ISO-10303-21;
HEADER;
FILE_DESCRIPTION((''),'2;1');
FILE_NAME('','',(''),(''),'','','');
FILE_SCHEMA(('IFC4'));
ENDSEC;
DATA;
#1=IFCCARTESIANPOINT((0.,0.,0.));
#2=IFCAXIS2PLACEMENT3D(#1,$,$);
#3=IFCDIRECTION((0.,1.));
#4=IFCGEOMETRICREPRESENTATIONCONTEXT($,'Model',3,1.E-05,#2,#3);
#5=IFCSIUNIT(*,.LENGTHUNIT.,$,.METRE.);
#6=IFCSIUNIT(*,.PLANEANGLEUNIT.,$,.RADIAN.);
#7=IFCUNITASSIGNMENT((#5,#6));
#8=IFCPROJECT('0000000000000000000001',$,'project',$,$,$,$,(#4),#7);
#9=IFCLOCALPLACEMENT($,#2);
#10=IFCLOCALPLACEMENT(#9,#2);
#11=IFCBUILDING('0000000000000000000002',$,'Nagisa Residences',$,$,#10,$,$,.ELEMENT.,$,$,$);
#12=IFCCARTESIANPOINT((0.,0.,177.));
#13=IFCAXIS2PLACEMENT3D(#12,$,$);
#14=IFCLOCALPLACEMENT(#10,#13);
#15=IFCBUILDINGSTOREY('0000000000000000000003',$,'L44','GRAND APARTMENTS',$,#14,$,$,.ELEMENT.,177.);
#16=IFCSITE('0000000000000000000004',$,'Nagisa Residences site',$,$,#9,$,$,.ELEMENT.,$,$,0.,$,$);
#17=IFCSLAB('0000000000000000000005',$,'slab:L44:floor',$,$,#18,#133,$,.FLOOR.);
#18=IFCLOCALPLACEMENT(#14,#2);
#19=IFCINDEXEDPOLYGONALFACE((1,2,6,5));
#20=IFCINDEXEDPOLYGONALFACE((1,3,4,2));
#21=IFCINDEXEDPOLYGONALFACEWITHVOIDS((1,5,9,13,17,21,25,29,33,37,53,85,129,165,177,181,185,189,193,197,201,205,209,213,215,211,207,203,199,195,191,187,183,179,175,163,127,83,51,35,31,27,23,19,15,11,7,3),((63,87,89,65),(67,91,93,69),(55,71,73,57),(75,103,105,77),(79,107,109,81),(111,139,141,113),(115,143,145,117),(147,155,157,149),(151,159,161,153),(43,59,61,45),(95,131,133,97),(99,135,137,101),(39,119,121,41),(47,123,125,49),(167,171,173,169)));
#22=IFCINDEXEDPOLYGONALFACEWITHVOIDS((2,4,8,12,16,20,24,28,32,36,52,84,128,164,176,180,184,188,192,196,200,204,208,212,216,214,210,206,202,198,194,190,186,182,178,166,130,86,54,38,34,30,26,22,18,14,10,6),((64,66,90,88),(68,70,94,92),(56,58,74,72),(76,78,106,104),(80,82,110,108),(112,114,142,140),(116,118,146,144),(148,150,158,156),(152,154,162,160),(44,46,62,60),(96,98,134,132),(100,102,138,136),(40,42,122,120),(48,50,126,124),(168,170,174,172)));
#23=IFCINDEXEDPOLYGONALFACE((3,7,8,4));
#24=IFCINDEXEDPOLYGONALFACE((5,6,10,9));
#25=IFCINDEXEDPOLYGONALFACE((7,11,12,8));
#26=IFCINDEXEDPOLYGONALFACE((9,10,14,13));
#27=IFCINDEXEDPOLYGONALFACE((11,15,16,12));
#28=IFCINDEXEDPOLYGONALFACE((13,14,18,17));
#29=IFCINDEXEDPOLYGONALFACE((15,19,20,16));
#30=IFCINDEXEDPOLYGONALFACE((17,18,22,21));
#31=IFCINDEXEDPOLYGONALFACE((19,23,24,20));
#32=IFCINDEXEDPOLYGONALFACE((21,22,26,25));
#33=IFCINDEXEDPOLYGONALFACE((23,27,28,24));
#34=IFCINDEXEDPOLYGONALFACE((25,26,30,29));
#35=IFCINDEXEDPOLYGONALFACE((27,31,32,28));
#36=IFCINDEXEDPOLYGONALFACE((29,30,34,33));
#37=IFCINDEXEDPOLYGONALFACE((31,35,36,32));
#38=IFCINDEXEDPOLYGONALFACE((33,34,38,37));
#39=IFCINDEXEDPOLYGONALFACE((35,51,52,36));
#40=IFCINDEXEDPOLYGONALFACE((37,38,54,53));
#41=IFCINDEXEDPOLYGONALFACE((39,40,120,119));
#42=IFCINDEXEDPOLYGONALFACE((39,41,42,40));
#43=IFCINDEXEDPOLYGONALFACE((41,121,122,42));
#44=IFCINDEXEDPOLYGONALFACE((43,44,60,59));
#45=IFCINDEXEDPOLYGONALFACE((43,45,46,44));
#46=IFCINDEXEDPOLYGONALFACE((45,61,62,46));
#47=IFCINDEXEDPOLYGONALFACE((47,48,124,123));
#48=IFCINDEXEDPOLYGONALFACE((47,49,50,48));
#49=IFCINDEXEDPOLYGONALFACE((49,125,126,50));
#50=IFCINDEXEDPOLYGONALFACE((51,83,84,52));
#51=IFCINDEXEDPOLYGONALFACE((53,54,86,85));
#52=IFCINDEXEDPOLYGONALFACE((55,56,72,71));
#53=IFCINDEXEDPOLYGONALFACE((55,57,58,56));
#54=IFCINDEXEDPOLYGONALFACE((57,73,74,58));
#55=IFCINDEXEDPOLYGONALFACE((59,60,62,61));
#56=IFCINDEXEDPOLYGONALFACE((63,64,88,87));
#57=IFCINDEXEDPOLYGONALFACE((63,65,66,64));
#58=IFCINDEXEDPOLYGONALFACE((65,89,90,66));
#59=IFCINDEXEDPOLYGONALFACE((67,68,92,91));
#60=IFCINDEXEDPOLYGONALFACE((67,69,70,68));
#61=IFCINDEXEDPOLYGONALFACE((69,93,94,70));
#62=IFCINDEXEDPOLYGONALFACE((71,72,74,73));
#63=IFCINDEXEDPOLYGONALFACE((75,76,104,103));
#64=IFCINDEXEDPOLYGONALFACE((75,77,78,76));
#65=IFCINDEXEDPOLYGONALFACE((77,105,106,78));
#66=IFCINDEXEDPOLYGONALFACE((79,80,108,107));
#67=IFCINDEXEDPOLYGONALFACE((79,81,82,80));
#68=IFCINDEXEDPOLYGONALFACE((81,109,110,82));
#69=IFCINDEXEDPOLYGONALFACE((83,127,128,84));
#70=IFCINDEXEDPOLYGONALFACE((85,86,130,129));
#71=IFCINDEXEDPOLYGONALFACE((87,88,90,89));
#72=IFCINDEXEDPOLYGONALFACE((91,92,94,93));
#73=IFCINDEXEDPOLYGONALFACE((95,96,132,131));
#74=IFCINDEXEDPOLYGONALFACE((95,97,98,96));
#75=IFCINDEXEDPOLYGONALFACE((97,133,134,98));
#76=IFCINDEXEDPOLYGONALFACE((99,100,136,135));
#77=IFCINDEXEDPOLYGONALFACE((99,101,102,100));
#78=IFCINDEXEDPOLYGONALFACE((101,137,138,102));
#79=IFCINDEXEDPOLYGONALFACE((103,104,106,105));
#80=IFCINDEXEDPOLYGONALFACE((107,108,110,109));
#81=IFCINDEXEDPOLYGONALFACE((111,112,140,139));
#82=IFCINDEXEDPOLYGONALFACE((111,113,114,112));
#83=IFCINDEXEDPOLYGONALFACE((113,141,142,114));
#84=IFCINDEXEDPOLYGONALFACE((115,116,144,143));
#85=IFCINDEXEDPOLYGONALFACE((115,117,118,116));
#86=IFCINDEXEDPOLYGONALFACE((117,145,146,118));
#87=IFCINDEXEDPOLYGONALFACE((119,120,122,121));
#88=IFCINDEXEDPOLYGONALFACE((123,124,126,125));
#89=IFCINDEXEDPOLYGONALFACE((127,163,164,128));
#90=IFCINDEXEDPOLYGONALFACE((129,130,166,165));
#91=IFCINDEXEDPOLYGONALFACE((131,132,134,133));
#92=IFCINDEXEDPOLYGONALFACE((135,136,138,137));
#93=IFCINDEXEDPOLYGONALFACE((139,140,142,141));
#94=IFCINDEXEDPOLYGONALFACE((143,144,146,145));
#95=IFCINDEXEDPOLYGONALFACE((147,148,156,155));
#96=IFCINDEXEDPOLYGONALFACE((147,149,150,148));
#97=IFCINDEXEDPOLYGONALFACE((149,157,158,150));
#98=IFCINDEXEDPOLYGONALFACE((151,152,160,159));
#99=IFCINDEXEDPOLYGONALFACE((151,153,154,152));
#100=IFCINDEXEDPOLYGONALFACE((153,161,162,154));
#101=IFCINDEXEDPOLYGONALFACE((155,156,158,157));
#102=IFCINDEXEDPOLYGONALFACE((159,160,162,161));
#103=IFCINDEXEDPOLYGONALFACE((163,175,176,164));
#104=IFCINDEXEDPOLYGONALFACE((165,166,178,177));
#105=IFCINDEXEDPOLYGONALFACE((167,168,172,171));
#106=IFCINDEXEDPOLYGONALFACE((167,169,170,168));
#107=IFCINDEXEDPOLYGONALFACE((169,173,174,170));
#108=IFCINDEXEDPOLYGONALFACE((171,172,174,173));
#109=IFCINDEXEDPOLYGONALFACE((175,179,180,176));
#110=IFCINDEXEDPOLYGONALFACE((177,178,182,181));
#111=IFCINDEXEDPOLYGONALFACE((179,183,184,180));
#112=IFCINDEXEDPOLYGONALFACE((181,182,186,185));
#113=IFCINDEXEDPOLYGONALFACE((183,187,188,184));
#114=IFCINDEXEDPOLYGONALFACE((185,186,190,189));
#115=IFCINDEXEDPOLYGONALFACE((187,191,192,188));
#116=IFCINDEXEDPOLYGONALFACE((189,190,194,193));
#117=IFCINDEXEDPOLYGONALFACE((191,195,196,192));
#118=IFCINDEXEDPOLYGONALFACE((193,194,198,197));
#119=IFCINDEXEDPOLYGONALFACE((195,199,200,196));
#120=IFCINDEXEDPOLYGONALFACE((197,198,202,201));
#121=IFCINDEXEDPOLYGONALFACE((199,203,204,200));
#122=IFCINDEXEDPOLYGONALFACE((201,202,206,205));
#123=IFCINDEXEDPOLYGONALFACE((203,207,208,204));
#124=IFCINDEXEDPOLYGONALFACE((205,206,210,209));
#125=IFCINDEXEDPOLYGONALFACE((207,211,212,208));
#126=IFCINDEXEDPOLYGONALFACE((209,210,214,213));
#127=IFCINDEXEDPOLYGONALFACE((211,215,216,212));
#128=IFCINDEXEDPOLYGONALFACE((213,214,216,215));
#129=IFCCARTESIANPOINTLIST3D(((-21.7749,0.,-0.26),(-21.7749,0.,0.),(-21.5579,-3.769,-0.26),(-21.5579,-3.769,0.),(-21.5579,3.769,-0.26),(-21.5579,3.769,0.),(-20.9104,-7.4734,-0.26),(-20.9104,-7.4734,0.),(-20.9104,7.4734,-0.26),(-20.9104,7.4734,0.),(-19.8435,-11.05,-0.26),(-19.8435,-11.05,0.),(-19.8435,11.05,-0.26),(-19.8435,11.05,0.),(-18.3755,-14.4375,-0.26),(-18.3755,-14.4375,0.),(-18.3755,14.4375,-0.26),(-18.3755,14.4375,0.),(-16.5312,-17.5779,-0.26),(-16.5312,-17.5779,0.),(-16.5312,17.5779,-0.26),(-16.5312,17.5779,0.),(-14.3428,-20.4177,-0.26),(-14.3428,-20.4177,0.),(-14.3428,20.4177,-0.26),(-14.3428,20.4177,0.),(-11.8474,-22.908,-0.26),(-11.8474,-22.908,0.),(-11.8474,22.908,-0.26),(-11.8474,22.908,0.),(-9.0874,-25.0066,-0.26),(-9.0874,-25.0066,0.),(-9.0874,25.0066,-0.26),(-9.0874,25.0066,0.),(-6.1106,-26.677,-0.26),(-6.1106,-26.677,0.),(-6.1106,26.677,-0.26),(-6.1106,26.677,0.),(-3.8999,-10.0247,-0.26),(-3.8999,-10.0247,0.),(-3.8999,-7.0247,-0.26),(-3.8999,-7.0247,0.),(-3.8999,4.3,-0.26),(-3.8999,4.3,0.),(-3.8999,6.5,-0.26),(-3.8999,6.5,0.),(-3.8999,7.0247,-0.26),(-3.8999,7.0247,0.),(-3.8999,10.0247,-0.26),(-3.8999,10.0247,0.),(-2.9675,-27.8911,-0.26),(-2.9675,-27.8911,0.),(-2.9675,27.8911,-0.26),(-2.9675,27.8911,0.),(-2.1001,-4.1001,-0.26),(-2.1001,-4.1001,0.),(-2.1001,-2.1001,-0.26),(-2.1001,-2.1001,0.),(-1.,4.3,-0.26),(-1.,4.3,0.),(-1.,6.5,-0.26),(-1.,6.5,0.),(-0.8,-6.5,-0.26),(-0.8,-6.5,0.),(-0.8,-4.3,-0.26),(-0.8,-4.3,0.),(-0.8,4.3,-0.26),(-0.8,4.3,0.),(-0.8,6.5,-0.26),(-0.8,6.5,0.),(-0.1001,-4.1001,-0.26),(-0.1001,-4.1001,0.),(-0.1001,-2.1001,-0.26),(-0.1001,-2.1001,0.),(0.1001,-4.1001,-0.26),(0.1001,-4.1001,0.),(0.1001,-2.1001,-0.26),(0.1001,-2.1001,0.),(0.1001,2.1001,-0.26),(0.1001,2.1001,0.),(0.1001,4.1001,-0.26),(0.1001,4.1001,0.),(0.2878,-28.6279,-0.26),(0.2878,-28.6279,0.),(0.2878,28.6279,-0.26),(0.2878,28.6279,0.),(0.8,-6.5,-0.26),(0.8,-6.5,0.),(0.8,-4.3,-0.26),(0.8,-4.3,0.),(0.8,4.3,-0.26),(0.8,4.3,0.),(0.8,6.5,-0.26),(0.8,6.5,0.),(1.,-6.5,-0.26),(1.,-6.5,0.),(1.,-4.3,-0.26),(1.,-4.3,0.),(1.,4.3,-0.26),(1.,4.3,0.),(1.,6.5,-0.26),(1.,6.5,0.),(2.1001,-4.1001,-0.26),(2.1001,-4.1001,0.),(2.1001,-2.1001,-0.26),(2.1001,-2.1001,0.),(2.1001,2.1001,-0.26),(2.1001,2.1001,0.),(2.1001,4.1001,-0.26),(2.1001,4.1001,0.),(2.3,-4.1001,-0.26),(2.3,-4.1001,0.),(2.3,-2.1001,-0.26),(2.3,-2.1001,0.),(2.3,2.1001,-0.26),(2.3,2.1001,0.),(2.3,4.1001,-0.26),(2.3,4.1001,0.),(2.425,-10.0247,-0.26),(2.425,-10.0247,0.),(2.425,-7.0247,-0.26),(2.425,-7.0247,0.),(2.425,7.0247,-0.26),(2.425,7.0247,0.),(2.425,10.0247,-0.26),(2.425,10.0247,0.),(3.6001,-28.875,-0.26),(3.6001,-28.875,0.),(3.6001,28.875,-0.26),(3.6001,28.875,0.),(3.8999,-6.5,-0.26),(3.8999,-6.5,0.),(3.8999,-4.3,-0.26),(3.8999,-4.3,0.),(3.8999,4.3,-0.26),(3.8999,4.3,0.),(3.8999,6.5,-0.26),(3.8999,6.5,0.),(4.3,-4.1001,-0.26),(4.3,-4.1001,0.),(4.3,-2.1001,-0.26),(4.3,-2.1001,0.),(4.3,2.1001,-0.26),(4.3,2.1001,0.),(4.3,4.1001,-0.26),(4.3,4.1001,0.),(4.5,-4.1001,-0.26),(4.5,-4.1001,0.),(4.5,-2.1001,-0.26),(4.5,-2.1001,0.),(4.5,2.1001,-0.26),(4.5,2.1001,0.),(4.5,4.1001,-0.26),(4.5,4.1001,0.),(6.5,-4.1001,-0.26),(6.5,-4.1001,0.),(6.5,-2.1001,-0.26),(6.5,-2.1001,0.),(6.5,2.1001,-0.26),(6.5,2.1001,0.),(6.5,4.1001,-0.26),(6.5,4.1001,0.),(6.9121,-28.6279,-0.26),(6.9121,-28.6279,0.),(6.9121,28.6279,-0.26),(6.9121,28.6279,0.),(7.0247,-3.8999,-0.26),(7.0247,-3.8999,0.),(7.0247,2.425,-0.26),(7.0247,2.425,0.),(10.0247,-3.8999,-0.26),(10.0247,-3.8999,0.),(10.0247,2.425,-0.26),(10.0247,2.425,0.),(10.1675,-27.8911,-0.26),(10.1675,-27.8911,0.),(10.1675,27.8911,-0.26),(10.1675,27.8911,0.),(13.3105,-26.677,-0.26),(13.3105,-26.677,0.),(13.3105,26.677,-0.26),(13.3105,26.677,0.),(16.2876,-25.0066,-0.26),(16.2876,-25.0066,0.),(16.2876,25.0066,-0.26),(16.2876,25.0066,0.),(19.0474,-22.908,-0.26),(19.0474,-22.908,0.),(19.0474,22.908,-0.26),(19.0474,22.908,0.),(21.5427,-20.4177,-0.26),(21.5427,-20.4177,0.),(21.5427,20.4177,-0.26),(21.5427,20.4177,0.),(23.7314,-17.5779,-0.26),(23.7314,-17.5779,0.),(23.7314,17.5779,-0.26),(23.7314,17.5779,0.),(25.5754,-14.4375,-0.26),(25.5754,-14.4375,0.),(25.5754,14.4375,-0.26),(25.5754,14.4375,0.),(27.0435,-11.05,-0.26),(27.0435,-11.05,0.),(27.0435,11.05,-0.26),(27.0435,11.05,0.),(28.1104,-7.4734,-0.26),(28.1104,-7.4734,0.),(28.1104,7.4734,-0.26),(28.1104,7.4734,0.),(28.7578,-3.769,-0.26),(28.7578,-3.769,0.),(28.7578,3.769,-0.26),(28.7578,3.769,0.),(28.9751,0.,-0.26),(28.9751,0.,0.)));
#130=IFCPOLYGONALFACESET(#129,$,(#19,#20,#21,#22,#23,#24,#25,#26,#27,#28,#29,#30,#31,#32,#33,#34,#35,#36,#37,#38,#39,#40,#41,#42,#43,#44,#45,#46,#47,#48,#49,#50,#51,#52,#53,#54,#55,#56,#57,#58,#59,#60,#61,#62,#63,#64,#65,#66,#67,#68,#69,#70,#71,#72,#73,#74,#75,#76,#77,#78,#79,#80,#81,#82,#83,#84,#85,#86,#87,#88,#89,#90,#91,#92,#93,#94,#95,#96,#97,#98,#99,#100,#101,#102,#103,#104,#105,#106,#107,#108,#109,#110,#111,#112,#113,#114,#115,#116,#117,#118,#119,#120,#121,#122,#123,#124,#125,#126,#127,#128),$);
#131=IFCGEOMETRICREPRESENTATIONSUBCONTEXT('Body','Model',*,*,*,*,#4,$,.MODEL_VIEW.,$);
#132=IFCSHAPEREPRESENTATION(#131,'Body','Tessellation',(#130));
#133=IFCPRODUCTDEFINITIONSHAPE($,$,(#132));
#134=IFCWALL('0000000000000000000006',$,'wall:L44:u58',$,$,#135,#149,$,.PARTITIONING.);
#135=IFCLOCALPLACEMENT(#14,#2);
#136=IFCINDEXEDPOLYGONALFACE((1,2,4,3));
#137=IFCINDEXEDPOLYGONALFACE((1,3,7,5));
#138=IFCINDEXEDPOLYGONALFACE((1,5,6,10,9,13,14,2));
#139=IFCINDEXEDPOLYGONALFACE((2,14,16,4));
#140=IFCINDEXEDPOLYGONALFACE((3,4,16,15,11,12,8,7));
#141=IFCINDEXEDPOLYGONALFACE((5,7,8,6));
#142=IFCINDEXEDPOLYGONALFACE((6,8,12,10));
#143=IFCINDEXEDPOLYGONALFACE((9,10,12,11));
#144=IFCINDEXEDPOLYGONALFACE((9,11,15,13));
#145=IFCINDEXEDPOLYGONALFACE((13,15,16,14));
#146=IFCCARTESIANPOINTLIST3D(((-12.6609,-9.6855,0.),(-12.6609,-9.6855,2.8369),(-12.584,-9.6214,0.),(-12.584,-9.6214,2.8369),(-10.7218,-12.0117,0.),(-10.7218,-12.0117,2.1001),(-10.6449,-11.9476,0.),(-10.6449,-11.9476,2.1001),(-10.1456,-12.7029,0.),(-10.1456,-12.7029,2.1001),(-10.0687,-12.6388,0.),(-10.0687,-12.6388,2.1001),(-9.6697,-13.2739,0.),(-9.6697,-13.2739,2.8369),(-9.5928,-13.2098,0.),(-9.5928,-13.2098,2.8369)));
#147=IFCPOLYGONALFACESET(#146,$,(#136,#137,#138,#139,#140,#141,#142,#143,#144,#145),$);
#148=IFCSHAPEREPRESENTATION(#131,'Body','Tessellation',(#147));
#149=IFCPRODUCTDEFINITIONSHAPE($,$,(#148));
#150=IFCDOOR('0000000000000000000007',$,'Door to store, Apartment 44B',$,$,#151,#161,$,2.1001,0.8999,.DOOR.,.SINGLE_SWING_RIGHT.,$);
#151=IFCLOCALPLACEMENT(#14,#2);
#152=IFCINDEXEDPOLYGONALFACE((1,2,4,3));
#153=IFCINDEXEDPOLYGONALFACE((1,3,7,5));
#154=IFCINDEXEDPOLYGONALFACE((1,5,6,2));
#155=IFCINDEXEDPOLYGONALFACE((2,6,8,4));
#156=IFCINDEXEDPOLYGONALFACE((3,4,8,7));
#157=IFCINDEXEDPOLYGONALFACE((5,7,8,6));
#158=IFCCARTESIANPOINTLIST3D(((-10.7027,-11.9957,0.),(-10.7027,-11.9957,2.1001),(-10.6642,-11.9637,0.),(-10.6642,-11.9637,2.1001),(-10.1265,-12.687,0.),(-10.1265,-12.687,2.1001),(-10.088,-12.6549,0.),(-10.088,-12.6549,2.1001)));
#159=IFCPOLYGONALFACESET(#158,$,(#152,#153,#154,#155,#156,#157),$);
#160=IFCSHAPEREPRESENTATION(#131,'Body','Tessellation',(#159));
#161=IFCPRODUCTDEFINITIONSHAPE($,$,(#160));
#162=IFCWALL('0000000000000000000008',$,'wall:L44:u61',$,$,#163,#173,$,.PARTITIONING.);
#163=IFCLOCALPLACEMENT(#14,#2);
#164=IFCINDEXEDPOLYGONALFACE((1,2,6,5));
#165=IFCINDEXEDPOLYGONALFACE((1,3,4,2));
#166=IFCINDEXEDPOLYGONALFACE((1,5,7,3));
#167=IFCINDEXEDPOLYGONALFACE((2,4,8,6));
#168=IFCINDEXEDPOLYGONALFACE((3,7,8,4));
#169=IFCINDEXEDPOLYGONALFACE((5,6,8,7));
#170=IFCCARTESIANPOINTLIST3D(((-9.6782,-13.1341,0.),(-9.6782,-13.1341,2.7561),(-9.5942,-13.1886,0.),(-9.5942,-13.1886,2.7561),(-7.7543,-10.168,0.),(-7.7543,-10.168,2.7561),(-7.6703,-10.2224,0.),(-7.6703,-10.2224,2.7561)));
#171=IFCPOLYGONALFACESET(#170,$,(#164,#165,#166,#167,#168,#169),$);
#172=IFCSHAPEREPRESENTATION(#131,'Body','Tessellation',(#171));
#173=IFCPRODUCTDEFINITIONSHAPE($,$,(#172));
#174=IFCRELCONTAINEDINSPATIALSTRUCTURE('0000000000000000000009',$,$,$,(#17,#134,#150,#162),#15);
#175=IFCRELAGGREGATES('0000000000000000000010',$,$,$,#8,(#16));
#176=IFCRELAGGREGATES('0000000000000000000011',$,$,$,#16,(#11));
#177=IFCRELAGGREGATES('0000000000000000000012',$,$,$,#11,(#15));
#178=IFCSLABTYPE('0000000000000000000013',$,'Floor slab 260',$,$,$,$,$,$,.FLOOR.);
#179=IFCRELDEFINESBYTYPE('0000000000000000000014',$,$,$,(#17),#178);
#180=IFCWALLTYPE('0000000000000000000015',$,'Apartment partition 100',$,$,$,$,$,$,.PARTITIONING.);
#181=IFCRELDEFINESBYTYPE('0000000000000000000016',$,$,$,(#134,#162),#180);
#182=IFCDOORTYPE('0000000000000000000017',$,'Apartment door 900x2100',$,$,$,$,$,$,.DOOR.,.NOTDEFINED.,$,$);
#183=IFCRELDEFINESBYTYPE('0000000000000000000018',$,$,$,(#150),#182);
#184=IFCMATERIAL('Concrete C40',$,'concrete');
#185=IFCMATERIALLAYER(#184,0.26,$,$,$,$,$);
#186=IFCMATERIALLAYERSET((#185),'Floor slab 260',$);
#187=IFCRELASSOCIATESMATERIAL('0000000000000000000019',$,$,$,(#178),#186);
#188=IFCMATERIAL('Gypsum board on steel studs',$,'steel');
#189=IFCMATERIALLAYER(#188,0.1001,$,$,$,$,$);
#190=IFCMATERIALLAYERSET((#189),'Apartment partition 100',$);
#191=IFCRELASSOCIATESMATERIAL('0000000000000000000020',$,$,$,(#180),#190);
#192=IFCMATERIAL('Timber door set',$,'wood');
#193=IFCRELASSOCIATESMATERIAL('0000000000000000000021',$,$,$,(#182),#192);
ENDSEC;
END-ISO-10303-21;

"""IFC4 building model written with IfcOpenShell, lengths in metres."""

from ifc_helpers import new_model, si_unit, direction, frame, frame_2d, origin, place, context, subcontext, project, spatial, polyline, rectangle, outline, extrude, material, layer, layer_set, type_object, element, fill, save


model = new_model("IFC4")

# Units and contexts
model_context = context("Model", 3, precision=1e-05, world=origin(), true_north=direction((0.0, 1.0)))
body_context = subcontext(model_context, "Body", "Model", "MODEL_VIEW")
ifc_project = project(units=[si_unit("LENGTHUNIT", "METRE"), si_unit("PLANEANGLEUNIT", "RADIAN")], contexts=[model_context])

# Site, building, storey
site_placement = place(None, origin())
site = spatial("IfcSite", under=ifc_project, at=site_placement, Name="Nagisa Residences site", CompositionType="ELEMENT", RefElevation=0.0)
building_placement = place(site_placement, origin())
building = spatial("IfcBuilding", under=site, at=building_placement, Name="Nagisa Residences", CompositionType="ELEMENT")
storey_placement = place(building_placement, frame((0.0, 0.0, 177.0)))
storey = spatial("IfcBuildingStorey", under=building, at=storey_placement, Name="L44", Description="GRAND APARTMENTS", CompositionType="ELEMENT", Elevation=177.0)

# Slab
ifc_material_1 = material(Name="Concrete C40", Category="concrete")
ifc_layer_1 = layer(ifc_material_1, 0.26)
ifc_layer_set_1 = layer_set([ifc_layer_1], Name="Floor slab 260")
slab_type_1 = type_object("IfcSlabType", Name="Floor slab 260", PredefinedType="FLOOR", material=ifc_layer_set_1)
slab_1_placement = place(storey_placement, frame((0.0, 0.0, -0.26)))
element("IfcSlab", 1, at=slab_1_placement, inside=storey, type_object=slab_type_1, Name="slab:L44:floor", PredefinedType="FLOOR", context=body_context, shape_type="SweptSolid", body=[
    extrude(outline(polyline([(28.9751, 0.0), (28.7578, 3.769), (28.1104, 7.4734), (27.0435, 11.05), (25.5754, 14.4375), (23.7314, 17.5779), (21.5427, 20.4177), (19.0474, 22.908), (16.2876, 25.0066), (13.3105, 26.677), (10.1675, 27.8911), (6.9121, 28.6279), (3.6001, 28.875), (0.2878, 28.6279), (-2.9675, 27.8911), (-6.1106, 26.677), (-9.0874, 25.0066), (-11.8474, 22.908), (-14.3428, 20.4177), (-16.5312, 17.5779), (-18.3755, 14.4375), (-19.8435, 11.05), (-20.9104, 7.4734), (-21.5579, 3.769), (-21.7749, 0.0), (-21.5579, -3.769), (-20.9104, -7.4734), (-19.8435, -11.05), (-18.3755, -14.4375), (-16.5312, -17.5779), (-14.3428, -20.4177), (-11.8474, -22.908), (-9.0874, -25.0066), (-6.1106, -26.677), (-2.9675, -27.8911), (0.2878, -28.6279), (3.6001, -28.875), (6.9121, -28.6279), (10.1675, -27.8911), (13.3105, -26.677), (16.2876, -25.0066), (19.0474, -22.908), (21.5427, -20.4177), (23.7314, -17.5779), (25.5754, -14.4375), (27.0435, -11.05), (28.1104, -7.4734), (28.7578, -3.769), (28.9751, 0.0)]), holes=[polyline([(2.1001, 2.1001), (2.1001, 4.1001), (0.1001, 4.1001), (0.1001, 2.1001), (2.1001, 2.1001)]), polyline([(4.3, 2.1001), (4.3, 4.1001), (2.3, 4.1001), (2.3, 2.1001), (4.3, 2.1001)]), polyline([(6.5, 2.1001), (6.5, 4.1001), (4.5, 4.1001), (4.5, 2.1001), (6.5, 2.1001)]), polyline([(-0.1001, -4.1001), (-0.1001, -2.1001), (-2.1001, -2.1001), (-2.1001, -4.1001), (-0.1001, -4.1001)]), polyline([(2.1001, -4.1001), (2.1001, -2.1001), (0.1001, -2.1001), (0.1001, -4.1001), (2.1001, -4.1001)]), polyline([(4.3, -4.1001), (4.3, -2.1001), (2.3, -2.1001), (2.3, -4.1001), (4.3, -4.1001)]), polyline([(6.5, -4.1001), (6.5, -2.1001), (4.5, -2.1001), (4.5, -4.1001), (6.5, -4.1001)]), polyline([(3.8999, 4.3), (3.8999, 6.5), (1.0, 6.5), (1.0, 4.3), (3.8999, 4.3)]), polyline([(3.8999, -6.5), (3.8999, -4.3), (1.0, -4.3), (1.0, -6.5), (3.8999, -6.5)]), polyline([(-1.0, 4.3), (-1.0, 6.5), (-3.8999, 6.5), (-3.8999, 4.3), (-1.0, 4.3)]), polyline([(0.8, 4.3), (0.8, 6.5), (-0.8, 6.5), (-0.8, 4.3), (0.8, 4.3)]), polyline([(0.8, -6.5), (0.8, -4.3), (-0.8, -4.3), (-0.8, -6.5), (0.8, -6.5)]), polyline([(10.0247, -3.8999), (7.0247, -3.8999), (7.0247, 2.425), (10.0247, 2.425), (10.0247, -3.8999)]), polyline([(-3.8999, 7.0247), (-3.8999, 10.0247), (2.425, 10.0247), (2.425, 7.0247), (-3.8999, 7.0247)]), polyline([(-3.8999, -10.0247), (-3.8999, -7.0247), (2.425, -7.0247), (2.425, -10.0247), (-3.8999, -10.0247)])]), origin(), (0.0, 0.0, 1.0), 0.26),
])

# Wall, opening, door
ifc_material_2 = material(Name="Gypsum board on steel studs", Category="steel")
ifc_layer_2 = layer(ifc_material_2, 0.1001)
ifc_layer_set_2 = layer_set([ifc_layer_2], Name="Apartment partition 100")
wall_type_1 = type_object("IfcWallType", Name="Apartment partition 100", PredefinedType="PARTITIONING", material=ifc_layer_set_2)
wall_1_placement = place(storey_placement, frame((-12.6226, -9.6533, 0.0), z_axis=(0.0, 0.0, 1.0), x_axis=(0.640297, -0.768127, 0.0)))
wall_1 = element("IfcWall", 2, at=wall_1_placement, inside=storey, type_object=wall_type_1, Name="wall:L44:u58", PredefinedType="PARTITIONING", context=body_context, shape_type="SweptSolid", body=[
    extrude(rectangle(XDim=4.6716, YDim=0.1001, at=frame_2d((2.3359, 0.0))), origin(), (0.0, 0.0, 1.0), 2.8369),
])
opening_1_placement = place(wall_1_placement, frame((3.0286, 0.0, 0.0)))
opening_1 = element("IfcOpeningElement", 3, at=opening_1_placement, cuts=wall_1, PredefinedType="OPENING", context=body_context, shape_type="SweptSolid", body=[
    extrude(rectangle(XDim=0.8999, YDim=2.1001, at=frame_2d((0.45, 1.05))), frame((0.0, 0.0601, 0.0), z_axis=(0.0, -1.0, 0.0), x_axis=(1.0, 0.0, 0.0)), (0.0, 0.0, 1.0), 0.1201),
])
ifc_material_3 = material(Name="Timber door set", Category="wood")
door_type_1 = type_object("IfcDoorType", Name="Apartment door 900x2100", OperationType="NOTDEFINED", PredefinedType="DOOR", material=ifc_material_3)
door_1_placement = place(opening_1_placement, origin())
door_1 = element("IfcDoor", 4, at=door_1_placement, inside=storey, type_object=door_type_1, Name="Door to store, Apartment 44B", OperationType="SINGLE_SWING_RIGHT", OverallHeight=2.1001, OverallWidth=0.8999, PredefinedType="DOOR", context=body_context, shape_type="SweptSolid", body=[
    extrude(rectangle(XDim=0.8999, YDim=2.1001, at=frame_2d((0.45, 1.05))), frame((0.0, 0.0249, 0.0), z_axis=(0.0, -1.0, 0.0), x_axis=(1.0, 0.0, 0.0)), (0.0, 0.0, 1.0), 0.05),
])
fill(opening_1, door_1)

# Wall
wall_2_placement = place(storey_placement, frame((-7.7124, -10.1953, 0.0), z_axis=(0.0, 0.0, 1.0), x_axis=(-0.54417, -0.838975, 0.0)))
element("IfcWall", 5, at=wall_2_placement, inside=storey, type_object=wall_type_1, Name="wall:L44:u61", PredefinedType="PARTITIONING", context=body_context, shape_type="SweptSolid", body=[
    extrude(rectangle(XDim=3.5354, YDim=0.1001, at=frame_2d((1.7676, 0.0))), origin(), (0.0, 0.0, 1.0), 2.7561),
])

save(model, "model.ifc")
